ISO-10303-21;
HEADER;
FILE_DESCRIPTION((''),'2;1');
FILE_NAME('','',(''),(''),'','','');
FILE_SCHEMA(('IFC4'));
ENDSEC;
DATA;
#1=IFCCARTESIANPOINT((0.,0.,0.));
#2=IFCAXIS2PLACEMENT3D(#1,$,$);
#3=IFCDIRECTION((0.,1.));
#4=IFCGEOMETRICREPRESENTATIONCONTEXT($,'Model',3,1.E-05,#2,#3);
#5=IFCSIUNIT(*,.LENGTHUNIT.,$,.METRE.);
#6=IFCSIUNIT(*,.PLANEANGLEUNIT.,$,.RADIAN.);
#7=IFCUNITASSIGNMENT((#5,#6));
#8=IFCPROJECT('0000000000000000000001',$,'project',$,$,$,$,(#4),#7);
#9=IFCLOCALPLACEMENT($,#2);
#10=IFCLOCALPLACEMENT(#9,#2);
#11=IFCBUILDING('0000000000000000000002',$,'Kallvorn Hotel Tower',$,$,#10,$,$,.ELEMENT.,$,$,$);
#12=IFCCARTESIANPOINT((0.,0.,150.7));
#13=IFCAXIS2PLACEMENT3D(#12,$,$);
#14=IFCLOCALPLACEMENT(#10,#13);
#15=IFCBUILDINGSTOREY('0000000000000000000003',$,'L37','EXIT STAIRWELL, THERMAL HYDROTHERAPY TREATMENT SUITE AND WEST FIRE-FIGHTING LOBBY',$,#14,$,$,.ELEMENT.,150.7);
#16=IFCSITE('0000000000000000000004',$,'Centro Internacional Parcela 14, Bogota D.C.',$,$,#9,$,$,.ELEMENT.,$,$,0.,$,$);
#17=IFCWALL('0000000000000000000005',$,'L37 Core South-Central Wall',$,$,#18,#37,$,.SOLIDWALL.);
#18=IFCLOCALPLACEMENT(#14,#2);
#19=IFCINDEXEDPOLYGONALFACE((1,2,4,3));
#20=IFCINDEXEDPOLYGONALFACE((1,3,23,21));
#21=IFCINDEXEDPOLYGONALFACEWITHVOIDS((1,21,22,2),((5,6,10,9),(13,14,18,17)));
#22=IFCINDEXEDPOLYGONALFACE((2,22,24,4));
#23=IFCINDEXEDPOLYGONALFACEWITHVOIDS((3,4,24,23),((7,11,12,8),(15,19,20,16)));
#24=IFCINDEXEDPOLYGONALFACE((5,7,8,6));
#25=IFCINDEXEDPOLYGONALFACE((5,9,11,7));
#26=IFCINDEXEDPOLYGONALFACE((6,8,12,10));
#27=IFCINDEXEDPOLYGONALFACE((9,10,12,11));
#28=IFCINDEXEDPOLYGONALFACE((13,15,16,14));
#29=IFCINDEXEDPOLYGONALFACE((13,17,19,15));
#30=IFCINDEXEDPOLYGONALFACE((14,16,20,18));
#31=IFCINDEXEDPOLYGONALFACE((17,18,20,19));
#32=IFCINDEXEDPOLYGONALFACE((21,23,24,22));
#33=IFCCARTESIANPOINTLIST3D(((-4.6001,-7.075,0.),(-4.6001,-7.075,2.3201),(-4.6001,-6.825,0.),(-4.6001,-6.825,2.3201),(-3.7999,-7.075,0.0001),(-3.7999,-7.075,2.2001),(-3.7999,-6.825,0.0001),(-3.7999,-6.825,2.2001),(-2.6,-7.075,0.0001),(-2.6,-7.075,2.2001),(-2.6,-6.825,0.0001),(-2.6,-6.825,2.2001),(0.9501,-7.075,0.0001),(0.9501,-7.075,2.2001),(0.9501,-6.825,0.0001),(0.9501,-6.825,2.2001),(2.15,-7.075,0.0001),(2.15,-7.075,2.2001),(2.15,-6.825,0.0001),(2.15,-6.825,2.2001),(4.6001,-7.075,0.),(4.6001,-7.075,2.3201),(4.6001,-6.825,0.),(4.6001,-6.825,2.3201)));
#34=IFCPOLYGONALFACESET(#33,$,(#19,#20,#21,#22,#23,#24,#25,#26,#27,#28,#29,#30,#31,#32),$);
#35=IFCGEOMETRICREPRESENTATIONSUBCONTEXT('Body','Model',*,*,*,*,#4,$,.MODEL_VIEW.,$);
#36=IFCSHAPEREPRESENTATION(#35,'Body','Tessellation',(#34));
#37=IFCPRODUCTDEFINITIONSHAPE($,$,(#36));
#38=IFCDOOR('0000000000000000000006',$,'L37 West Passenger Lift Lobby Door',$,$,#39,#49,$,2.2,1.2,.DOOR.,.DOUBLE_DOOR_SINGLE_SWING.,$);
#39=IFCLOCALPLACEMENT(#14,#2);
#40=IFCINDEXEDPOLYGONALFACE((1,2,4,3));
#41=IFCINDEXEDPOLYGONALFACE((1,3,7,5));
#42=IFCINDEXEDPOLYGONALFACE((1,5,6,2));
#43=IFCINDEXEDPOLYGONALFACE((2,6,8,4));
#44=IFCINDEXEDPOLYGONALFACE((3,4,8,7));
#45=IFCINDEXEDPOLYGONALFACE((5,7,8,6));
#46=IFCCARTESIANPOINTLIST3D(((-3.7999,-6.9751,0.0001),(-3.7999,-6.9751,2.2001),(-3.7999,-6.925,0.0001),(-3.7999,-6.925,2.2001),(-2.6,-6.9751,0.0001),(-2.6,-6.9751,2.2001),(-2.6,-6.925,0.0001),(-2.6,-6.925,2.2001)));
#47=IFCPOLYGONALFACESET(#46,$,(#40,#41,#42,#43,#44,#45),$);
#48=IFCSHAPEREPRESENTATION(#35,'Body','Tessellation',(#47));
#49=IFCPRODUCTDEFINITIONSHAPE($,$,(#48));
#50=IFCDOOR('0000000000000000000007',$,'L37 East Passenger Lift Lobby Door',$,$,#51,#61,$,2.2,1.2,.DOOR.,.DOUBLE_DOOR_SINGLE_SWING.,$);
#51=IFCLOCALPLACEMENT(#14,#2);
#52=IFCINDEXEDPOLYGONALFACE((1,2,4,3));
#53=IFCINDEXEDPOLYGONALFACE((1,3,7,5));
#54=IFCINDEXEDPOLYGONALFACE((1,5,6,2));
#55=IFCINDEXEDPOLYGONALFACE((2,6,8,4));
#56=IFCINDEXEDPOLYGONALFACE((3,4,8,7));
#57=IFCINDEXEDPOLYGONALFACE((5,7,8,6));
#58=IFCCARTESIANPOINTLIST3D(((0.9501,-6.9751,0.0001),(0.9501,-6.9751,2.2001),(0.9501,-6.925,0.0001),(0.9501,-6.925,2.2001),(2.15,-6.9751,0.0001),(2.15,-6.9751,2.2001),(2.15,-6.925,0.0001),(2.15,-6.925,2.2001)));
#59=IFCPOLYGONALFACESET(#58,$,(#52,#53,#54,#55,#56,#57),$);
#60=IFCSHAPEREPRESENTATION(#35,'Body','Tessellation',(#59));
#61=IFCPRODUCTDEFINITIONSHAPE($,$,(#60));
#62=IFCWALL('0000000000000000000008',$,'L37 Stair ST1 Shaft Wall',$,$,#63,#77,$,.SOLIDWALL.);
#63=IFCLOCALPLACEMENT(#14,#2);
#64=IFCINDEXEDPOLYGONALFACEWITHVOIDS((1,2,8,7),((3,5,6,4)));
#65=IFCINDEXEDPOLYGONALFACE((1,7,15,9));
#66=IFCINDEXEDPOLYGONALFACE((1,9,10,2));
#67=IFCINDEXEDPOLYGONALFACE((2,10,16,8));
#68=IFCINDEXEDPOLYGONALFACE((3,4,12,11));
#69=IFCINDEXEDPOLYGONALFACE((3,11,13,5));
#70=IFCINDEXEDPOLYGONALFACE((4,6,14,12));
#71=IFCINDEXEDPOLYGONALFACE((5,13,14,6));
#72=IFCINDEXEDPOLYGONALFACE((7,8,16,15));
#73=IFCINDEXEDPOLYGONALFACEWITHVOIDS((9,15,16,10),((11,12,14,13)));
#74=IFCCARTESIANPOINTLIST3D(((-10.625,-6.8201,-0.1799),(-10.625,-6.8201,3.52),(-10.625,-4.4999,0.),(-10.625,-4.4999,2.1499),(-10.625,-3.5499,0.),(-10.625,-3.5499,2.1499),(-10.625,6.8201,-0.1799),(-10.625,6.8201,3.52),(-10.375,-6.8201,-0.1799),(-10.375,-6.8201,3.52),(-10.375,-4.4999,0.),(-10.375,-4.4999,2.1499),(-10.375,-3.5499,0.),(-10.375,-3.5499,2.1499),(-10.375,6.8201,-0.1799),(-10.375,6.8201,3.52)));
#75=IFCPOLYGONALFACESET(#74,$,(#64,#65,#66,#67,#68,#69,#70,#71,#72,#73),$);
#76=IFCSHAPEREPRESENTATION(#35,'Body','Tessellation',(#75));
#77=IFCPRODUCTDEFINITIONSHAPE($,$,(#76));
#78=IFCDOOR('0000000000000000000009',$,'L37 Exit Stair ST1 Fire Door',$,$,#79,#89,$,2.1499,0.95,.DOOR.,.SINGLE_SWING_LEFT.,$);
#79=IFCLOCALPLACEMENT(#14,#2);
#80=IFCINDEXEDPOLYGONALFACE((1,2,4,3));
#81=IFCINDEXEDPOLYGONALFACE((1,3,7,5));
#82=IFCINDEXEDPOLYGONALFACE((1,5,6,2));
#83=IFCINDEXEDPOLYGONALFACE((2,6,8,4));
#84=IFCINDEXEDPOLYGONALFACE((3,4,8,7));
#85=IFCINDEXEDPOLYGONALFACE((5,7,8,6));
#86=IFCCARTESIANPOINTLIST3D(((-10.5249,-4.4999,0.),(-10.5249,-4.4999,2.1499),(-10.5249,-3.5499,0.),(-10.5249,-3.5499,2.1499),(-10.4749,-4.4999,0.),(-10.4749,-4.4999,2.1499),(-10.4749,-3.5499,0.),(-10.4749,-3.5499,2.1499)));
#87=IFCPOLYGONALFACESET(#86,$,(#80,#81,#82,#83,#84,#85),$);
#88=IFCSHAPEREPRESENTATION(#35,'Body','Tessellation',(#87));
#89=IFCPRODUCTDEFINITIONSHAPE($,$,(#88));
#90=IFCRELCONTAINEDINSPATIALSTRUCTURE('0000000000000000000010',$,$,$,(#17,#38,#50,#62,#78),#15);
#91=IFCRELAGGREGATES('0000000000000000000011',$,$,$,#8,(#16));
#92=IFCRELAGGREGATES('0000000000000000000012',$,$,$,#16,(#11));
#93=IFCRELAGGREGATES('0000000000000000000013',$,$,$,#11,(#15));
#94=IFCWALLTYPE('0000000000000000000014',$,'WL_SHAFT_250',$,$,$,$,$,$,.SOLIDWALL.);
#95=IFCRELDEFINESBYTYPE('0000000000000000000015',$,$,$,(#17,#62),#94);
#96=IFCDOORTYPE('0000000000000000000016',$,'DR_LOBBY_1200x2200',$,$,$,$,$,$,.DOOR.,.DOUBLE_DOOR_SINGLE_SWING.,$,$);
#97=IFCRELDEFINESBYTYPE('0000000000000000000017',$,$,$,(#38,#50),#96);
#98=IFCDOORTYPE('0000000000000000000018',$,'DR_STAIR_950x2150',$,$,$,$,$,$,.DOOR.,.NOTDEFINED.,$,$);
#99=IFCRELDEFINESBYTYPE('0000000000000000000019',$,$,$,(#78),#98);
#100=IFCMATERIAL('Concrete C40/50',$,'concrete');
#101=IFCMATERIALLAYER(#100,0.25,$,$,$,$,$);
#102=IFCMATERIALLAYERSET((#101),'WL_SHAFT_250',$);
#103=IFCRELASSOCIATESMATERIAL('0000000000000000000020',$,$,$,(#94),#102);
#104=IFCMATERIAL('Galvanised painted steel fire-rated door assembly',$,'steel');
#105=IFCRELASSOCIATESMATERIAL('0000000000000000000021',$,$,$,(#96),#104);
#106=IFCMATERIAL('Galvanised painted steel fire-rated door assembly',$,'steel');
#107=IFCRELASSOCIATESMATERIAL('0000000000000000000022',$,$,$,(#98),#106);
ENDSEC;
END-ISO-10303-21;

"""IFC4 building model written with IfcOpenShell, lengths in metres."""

from ifc_helpers import new_model, si_unit, direction, frame, frame_2d, origin, place, context, subcontext, project, spatial, rectangle, extrude, material, layer, layer_set, type_object, element, fill, save


model = new_model("IFC4")

# Units and contexts
model_context = context("Model", 3, precision=1e-05, world=origin(), true_north=direction((0.0, 1.0)))
body_context = subcontext(model_context, "Body", "Model", "MODEL_VIEW")
ifc_project = project(units=[si_unit("LENGTHUNIT", "METRE"), si_unit("PLANEANGLEUNIT", "RADIAN")], contexts=[model_context])

# Site, building, storey
site_placement = place(None, origin())
site = spatial("IfcSite", under=ifc_project, at=site_placement, Name="Centro Internacional Parcela 14, Bogota D.C.", CompositionType="ELEMENT", RefElevation=0.0)
building_placement = place(site_placement, origin())
building = spatial("IfcBuilding", under=site, at=building_placement, Name="Kallvorn Hotel Tower", CompositionType="ELEMENT")
storey_placement = place(building_placement, frame((0.0, 0.0, 150.7)))
storey = spatial("IfcBuildingStorey", under=building, at=storey_placement, Name="L37", Description="EXIT STAIRWELL, THERMAL HYDROTHERAPY TREATMENT SUITE AND WEST FIRE-FIGHTING LOBBY", CompositionType="ELEMENT", Elevation=150.7)

# Shared definitions
ifc_material_1 = material(Name="Concrete C40/50", Category="concrete")
ifc_layer_1 = layer(ifc_material_1, 0.25)
ifc_layer_set_1 = layer_set([ifc_layer_1], Name="WL_SHAFT_250")
wall_type_1 = type_object("IfcWallType", Name="WL_SHAFT_250", PredefinedType="SOLIDWALL", material=ifc_layer_set_1)

# Wall, openings, doors
wall_1_placement = place(storey_placement, frame((-4.6001, -6.95, 0.0), z_axis=(0.0, 0.0, 1.0), x_axis=(1.0, 0.0, 0.0)))
wall_1 = element("IfcWall", 1, at=wall_1_placement, inside=storey, type_object=wall_type_1, Name="L37 Core South-Central Wall", PredefinedType="SOLIDWALL", context=body_context, shape_type="SweptSolid", body=[
    extrude(rectangle(XDim=9.2002, YDim=0.25, at=frame_2d((4.6001, 0.0))), origin(), (0.0, 0.0, 1.0), 2.3201),
])
opening_1_placement = place(wall_1_placement, frame((0.8, 0.0, 0.0)))
opening_1 = element("IfcOpeningElement", 2, at=opening_1_placement, cuts=wall_1, PredefinedType="OPENING", context=body_context, shape_type="SweptSolid", body=[
    extrude(rectangle(XDim=1.2, YDim=2.2, at=frame_2d((0.6001, 1.1001))), frame((0.0, 0.1399, 0.0), z_axis=(0.0, -1.0, 0.0), x_axis=(1.0, 0.0, 0.0)), (0.0, 0.0, 1.0), 0.28),
])
opening_2_placement = place(wall_1_placement, frame((5.55, 0.0, 0.0)))
opening_2 = element("IfcOpeningElement", 3, at=opening_2_placement, cuts=wall_1, PredefinedType="OPENING", context=body_context, shape_type="SweptSolid", body=[
    extrude(rectangle(XDim=1.2, YDim=2.2, at=frame_2d((0.6001, 1.1001))), frame((0.0, 0.1399, 0.0), z_axis=(0.0, -1.0, 0.0), x_axis=(1.0, 0.0, 0.0)), (0.0, 0.0, 1.0), 0.28),
])
ifc_material_2 = material(Name="Galvanised painted steel fire-rated door assembly", Category="steel")
door_type_1 = type_object("IfcDoorType", Name="DR_LOBBY_1200x2200", OperationType="DOUBLE_DOOR_SINGLE_SWING", PredefinedType="DOOR", material=ifc_material_2)
door_1_placement = place(opening_1_placement, origin())
door_1 = element("IfcDoor", 4, at=door_1_placement, inside=storey, type_object=door_type_1, Name="L37 West Passenger Lift Lobby Door", OperationType="DOUBLE_DOOR_SINGLE_SWING", OverallHeight=2.2, OverallWidth=1.2, PredefinedType="DOOR", context=body_context, shape_type="SweptSolid", body=[
    extrude(rectangle(XDim=1.2, YDim=2.2, at=frame_2d((0.6001, 1.1001))), frame((0.0, 0.0249, 0.0), z_axis=(0.0, -1.0, 0.0), x_axis=(1.0, 0.0, 0.0)), (0.0, 0.0, 1.0), 0.05),
])
fill(opening_1, door_1)
door_2_placement = place(opening_2_placement, origin())
door_2 = element("IfcDoor", 5, at=door_2_placement, inside=storey, type_object=door_type_1, Name="L37 East Passenger Lift Lobby Door", OperationType="DOUBLE_DOOR_SINGLE_SWING", OverallHeight=2.2, OverallWidth=1.2, PredefinedType="DOOR", context=body_context, shape_type="SweptSolid", body=[
    extrude(rectangle(XDim=1.2, YDim=2.2, at=frame_2d((0.6001, 1.1001))), frame((0.0, 0.0249, 0.0), z_axis=(0.0, -1.0, 0.0), x_axis=(1.0, 0.0, 0.0)), (0.0, 0.0, 1.0), 0.05),
])
fill(opening_2, door_2)

# Wall, opening, door
wall_2_placement = place(storey_placement, frame((-10.5, -6.8201, -0.1799), z_axis=(0.0, 0.0, 1.0), x_axis=(0.0, 1.0, 0.0)))
wall_2 = element("IfcWall", 6, at=wall_2_placement, inside=storey, type_object=wall_type_1, Name="L37 Stair ST1 Shaft Wall", PredefinedType="SOLIDWALL", context=body_context, shape_type="SweptSolid", body=[
    extrude(rectangle(XDim=13.6401, YDim=0.25, at=frame_2d((6.8201, 0.0))), origin(), (0.0, 0.0, 1.0), 3.7),
])
opening_3_placement = place(wall_2_placement, frame((2.3201, 0.0, 0.1799)))
opening_3 = element("IfcOpeningElement", 7, at=opening_3_placement, cuts=wall_2, PredefinedType="OPENING", context=body_context, shape_type="SweptSolid", body=[
    extrude(rectangle(XDim=0.95, YDim=2.1499, at=frame_2d((0.4751, 1.075))), frame((0.0, 0.1399, 0.0), z_axis=(0.0, -1.0, 0.0), x_axis=(1.0, 0.0, 0.0)), (0.0, 0.0, 1.0), 0.28),
])
ifc_material_3 = material(Name="Galvanised painted steel fire-rated door assembly", Category="steel")
door_type_2 = type_object("IfcDoorType", Name="DR_STAIR_950x2150", OperationType="NOTDEFINED", PredefinedType="DOOR", material=ifc_material_3)
door_3_placement = place(opening_3_placement, origin())
door_3 = element("IfcDoor", 8, at=door_3_placement, inside=storey, type_object=door_type_2, Name="L37 Exit Stair ST1 Fire Door", OperationType="SINGLE_SWING_LEFT", OverallHeight=2.1499, OverallWidth=0.95, PredefinedType="DOOR", context=body_context, shape_type="SweptSolid", body=[
    extrude(rectangle(XDim=0.95, YDim=2.1499, at=frame_2d((0.4751, 1.075))), frame((0.0, 0.0249, 0.0), z_axis=(0.0, -1.0, 0.0), x_axis=(1.0, 0.0, 0.0)), (0.0, 0.0, 1.0), 0.05),
])
fill(opening_3, door_3)

save(model, "model.ifc")
